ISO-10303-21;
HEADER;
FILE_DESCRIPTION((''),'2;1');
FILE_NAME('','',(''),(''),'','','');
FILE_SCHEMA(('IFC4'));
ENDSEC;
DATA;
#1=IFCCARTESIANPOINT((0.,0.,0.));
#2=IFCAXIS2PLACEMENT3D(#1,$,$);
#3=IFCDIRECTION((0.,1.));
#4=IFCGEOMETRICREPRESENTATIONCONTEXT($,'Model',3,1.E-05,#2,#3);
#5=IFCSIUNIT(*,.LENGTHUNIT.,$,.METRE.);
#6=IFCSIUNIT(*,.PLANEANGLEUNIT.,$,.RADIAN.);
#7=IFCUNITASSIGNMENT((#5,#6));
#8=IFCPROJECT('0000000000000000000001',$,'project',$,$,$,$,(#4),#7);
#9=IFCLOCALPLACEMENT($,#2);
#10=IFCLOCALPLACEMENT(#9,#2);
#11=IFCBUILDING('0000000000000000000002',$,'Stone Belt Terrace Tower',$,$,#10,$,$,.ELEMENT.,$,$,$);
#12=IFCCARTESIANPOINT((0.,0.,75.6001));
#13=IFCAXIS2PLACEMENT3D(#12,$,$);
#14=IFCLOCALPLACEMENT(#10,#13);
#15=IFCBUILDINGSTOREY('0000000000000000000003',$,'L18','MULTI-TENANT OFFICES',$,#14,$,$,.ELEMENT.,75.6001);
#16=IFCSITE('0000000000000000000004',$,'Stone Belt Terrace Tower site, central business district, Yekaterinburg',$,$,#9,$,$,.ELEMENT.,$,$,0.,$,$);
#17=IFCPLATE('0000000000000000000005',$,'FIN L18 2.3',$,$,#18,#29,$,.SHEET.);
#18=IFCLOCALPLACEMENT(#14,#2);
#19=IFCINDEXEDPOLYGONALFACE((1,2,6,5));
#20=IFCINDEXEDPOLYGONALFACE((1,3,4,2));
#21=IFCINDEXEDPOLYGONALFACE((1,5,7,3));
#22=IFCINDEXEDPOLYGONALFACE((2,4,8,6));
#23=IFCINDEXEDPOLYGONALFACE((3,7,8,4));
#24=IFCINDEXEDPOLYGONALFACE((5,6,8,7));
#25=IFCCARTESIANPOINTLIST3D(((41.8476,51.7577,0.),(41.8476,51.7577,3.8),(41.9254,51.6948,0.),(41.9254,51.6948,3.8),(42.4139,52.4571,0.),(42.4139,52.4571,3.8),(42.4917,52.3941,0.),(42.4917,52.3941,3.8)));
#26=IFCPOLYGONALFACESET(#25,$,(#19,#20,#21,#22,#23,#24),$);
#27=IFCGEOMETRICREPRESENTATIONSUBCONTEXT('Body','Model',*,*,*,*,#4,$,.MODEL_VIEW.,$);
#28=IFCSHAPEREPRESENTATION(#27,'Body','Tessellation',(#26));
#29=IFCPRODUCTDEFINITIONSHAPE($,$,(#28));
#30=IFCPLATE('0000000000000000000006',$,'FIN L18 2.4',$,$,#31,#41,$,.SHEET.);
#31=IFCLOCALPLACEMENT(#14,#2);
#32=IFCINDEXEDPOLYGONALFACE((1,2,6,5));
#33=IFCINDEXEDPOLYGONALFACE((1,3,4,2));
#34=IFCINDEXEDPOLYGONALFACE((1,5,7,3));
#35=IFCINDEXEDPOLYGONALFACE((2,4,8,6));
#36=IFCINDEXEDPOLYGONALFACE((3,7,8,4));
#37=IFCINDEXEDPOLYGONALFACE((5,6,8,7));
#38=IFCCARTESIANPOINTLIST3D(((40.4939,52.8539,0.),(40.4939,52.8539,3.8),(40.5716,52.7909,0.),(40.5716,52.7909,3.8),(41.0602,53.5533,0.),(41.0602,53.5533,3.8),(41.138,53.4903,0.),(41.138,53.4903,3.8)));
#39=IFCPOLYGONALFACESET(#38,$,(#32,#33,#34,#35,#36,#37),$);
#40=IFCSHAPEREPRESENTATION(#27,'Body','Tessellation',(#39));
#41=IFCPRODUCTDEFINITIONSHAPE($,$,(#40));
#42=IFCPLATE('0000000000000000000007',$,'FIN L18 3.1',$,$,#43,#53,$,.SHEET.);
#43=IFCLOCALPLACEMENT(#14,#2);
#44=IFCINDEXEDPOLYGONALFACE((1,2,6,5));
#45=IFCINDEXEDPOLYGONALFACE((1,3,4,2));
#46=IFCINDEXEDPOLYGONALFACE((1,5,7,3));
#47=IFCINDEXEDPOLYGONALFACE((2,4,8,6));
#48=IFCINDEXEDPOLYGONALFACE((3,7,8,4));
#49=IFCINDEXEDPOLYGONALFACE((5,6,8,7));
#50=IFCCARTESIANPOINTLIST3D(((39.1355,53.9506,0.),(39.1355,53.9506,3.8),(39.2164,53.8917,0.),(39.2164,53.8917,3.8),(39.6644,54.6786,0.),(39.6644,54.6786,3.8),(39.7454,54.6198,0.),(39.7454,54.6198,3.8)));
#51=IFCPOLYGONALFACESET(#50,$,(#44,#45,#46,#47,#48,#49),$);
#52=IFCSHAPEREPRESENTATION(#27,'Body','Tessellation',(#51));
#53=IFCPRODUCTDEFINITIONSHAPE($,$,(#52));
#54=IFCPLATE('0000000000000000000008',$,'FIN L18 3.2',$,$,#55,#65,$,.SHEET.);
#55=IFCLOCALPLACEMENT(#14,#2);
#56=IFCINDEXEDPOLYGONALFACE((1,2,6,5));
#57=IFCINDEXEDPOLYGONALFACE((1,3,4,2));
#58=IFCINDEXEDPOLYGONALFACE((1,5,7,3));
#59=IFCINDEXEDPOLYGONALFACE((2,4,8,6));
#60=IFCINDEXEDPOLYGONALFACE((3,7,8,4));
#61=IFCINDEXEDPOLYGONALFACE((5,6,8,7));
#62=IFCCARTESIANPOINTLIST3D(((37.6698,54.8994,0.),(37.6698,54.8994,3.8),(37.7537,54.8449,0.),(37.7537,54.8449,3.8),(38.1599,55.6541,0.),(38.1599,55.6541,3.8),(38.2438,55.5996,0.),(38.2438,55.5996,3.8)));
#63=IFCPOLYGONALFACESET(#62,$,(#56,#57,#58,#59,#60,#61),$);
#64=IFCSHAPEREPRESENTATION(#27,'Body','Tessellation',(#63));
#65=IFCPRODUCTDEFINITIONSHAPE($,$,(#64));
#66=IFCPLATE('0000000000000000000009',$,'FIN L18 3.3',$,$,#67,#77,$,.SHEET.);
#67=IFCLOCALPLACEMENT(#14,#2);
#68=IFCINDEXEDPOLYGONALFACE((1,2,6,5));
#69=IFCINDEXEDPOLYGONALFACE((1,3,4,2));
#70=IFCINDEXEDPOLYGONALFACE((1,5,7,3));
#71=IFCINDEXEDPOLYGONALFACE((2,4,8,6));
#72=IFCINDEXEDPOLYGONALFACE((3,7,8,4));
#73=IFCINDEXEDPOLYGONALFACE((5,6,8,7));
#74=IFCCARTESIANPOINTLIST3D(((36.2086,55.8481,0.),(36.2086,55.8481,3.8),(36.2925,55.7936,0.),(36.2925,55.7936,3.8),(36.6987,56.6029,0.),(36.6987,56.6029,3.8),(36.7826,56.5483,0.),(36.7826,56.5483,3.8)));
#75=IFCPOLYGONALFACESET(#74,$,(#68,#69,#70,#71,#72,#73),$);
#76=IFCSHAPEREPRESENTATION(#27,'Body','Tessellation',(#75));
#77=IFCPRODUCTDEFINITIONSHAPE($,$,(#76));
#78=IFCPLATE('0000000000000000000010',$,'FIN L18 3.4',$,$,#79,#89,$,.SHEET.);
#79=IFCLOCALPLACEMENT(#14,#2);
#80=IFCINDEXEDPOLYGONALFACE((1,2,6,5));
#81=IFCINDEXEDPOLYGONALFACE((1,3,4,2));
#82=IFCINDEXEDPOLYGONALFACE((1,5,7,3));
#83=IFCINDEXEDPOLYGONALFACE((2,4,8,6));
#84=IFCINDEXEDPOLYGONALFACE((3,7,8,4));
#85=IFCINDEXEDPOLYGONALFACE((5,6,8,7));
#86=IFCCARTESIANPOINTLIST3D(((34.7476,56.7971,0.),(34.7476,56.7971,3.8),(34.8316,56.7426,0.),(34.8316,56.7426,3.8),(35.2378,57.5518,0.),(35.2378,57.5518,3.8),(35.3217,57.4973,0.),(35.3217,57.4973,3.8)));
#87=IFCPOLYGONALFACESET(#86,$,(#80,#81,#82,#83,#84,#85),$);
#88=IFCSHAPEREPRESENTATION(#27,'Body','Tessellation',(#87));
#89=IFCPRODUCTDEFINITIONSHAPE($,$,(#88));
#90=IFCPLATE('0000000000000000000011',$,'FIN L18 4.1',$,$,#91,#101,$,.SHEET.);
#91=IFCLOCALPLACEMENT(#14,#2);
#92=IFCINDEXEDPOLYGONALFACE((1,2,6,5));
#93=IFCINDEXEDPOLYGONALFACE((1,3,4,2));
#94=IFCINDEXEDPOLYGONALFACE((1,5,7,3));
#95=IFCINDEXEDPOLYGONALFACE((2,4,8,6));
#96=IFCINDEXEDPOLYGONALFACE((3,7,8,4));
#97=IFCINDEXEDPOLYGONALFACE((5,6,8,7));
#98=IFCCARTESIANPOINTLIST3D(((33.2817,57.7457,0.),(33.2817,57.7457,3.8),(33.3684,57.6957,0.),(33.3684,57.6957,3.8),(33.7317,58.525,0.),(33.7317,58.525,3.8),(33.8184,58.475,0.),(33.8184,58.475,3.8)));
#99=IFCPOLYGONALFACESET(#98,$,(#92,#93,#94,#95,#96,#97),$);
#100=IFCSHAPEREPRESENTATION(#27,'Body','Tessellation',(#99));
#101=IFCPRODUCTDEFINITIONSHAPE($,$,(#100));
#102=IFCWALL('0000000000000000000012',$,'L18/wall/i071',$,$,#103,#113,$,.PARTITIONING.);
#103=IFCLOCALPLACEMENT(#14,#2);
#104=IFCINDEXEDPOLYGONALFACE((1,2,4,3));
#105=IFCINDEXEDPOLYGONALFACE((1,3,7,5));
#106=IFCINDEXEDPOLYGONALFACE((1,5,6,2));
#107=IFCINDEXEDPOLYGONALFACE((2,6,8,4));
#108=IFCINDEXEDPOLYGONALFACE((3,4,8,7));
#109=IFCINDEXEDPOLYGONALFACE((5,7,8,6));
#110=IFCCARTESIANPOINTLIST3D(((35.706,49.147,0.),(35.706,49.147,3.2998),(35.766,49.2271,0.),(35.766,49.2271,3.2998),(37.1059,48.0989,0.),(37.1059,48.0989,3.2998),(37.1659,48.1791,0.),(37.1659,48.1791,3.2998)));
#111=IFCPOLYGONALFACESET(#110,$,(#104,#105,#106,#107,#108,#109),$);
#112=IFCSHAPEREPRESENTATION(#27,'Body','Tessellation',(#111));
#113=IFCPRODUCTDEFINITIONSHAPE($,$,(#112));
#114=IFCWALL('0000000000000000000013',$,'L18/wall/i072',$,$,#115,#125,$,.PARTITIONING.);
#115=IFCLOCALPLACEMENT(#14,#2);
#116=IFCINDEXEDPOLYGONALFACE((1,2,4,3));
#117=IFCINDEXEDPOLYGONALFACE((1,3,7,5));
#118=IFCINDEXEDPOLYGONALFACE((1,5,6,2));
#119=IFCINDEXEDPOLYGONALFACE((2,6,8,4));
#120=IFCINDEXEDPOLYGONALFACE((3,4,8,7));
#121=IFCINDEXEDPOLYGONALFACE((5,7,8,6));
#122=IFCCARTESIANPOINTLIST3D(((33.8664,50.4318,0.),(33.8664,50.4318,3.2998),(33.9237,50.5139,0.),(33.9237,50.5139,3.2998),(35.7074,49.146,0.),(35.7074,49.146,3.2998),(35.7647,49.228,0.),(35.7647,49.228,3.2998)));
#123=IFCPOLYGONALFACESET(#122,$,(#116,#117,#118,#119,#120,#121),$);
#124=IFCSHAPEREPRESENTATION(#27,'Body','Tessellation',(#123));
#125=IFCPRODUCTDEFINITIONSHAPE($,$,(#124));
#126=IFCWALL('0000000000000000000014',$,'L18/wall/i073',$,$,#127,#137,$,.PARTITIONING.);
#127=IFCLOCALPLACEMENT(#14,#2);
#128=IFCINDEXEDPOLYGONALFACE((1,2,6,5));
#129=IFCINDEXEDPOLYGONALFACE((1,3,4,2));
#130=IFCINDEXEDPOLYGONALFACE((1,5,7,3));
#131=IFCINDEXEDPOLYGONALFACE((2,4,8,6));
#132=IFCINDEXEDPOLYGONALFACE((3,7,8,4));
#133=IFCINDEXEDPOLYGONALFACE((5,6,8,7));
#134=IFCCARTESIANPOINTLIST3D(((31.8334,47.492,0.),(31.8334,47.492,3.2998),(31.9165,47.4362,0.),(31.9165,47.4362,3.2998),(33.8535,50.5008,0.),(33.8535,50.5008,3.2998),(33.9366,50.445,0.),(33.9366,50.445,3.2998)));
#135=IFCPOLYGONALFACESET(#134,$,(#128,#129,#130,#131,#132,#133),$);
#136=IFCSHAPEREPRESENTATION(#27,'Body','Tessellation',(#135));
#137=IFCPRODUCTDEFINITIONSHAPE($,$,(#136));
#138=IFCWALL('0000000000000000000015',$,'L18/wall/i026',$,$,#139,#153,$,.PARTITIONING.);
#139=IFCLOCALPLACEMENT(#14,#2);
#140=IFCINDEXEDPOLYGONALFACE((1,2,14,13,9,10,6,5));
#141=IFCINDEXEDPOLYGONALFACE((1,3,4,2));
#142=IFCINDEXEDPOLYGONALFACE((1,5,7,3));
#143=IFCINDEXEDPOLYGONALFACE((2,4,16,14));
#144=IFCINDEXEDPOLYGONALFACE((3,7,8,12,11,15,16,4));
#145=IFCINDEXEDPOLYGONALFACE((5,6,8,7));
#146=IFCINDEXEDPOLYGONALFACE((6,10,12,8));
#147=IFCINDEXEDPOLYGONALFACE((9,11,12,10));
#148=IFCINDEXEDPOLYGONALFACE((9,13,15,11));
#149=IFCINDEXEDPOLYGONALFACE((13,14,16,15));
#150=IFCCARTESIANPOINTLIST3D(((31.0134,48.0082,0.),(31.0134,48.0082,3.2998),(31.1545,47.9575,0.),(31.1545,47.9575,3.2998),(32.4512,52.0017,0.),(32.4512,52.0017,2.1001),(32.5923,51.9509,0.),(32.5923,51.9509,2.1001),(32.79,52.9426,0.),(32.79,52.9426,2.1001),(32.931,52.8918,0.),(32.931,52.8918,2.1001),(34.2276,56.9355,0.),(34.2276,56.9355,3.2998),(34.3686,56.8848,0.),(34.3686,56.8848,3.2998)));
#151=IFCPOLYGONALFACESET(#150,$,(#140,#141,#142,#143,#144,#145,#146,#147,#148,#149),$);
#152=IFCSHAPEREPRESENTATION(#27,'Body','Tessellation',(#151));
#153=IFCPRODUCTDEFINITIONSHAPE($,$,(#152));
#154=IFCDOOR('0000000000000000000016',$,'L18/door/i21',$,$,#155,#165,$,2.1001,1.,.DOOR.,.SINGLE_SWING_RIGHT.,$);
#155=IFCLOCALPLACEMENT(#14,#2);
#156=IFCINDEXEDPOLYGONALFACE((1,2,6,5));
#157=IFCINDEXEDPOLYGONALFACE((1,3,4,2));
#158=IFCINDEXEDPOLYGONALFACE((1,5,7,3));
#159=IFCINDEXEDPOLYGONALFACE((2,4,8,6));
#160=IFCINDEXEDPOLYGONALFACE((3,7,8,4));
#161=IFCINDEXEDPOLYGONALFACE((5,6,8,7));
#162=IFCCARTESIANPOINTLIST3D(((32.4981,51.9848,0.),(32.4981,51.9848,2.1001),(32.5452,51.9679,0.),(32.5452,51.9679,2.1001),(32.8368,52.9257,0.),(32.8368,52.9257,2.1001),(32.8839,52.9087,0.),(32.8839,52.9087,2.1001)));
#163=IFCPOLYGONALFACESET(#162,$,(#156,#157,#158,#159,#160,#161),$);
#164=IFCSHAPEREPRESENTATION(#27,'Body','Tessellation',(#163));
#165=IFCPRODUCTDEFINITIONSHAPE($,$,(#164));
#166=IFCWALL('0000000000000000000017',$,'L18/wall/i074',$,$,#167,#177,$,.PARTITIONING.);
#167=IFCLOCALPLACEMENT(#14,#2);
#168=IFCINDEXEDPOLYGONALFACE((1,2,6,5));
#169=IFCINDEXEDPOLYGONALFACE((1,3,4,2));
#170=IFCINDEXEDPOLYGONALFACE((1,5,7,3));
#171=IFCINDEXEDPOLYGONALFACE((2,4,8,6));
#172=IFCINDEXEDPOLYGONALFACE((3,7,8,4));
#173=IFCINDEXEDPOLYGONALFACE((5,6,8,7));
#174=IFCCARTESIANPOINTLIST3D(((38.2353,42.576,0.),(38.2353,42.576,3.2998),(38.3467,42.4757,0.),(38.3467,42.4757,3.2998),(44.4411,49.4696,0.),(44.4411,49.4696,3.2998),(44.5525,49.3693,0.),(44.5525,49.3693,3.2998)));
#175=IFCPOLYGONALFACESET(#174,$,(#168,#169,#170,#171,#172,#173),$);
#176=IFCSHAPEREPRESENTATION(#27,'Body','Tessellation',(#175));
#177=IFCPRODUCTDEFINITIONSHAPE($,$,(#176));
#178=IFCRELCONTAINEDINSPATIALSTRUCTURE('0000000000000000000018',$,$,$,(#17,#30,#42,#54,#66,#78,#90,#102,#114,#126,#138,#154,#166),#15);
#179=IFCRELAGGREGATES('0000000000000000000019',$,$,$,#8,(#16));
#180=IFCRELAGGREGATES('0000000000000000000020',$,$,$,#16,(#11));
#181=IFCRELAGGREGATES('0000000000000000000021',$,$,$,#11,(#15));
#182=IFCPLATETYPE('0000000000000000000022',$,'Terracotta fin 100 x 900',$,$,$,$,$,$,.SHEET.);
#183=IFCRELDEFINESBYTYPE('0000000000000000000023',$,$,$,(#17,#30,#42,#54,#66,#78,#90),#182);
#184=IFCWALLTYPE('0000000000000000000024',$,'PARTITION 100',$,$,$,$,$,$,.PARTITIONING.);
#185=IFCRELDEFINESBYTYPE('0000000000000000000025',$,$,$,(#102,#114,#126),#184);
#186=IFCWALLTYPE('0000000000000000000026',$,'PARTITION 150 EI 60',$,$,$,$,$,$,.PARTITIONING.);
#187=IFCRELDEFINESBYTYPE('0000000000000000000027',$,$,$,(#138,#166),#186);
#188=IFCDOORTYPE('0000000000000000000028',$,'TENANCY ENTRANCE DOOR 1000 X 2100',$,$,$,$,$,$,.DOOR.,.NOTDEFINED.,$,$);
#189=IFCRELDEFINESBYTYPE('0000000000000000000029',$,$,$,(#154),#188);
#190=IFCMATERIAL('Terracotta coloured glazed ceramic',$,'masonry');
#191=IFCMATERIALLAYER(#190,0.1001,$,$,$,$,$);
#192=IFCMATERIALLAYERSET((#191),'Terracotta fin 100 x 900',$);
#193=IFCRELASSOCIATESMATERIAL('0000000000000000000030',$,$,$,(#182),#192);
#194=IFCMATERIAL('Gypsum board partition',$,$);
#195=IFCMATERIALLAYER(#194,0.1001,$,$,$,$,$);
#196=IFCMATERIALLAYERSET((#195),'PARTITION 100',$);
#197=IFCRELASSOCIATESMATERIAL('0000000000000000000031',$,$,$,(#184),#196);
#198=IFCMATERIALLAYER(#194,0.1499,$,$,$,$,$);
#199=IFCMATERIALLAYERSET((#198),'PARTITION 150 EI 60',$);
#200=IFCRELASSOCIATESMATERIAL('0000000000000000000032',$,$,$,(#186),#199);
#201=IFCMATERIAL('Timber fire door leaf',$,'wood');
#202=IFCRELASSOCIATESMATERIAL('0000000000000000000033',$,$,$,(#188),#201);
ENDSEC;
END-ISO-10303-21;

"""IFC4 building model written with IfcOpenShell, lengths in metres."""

from ifc_helpers import new_model, si_unit, direction, frame, frame_2d, origin, origin_2d, place, context, subcontext, project, spatial, rectangle, extrude, material, layer, layer_set, type_object, element, fill, save


model = new_model("IFC4")

# Units and contexts
model_context = context("Model", 3, precision=1e-05, world=origin(), true_north=direction((0.0, 1.0)))
body_context = subcontext(model_context, "Body", "Model", "MODEL_VIEW")
ifc_project = project(units=[si_unit("LENGTHUNIT", "METRE"), si_unit("PLANEANGLEUNIT", "RADIAN")], contexts=[model_context])

# Site, building, storey
site_placement = place(None, origin())
site = spatial("IfcSite", under=ifc_project, at=site_placement, Name="Stone Belt Terrace Tower site, central business district, Yekaterinburg", CompositionType="ELEMENT", RefElevation=0.0)
building_placement = place(site_placement, origin())
building = spatial("IfcBuilding", under=site, at=building_placement, Name="Stone Belt Terrace Tower", CompositionType="ELEMENT")
storey_placement = place(building_placement, frame((0.0, 0.0, 75.6001)))
storey = spatial("IfcBuildingStorey", under=building, at=storey_placement, Name="L18", Description="MULTI-TENANT OFFICES", CompositionType="ELEMENT", Elevation=75.6001)

# Plates
ifc_material_1 = material(Name="Terracotta coloured glazed ceramic", Category="masonry")
ifc_layer_1 = layer(ifc_material_1, 0.1001)
ifc_layer_set_1 = layer_set([ifc_layer_1], Name="Terracotta fin 100 x 900")
plate_type_1 = type_object("IfcPlateType", Name="Terracotta fin 100 x 900", PredefinedType="SHEET", material=ifc_layer_set_1)
for number, where, z_axis, x_axis, name in (
    (1, (42.1697, 52.0759, 0.0), (0.0, 0.0, 1.0), (0.62932, 0.777146, 0.0), "FIN L18 2.3"),
    (2, (40.8159, 53.1721, 0.0), (0.0, 0.0, 1.0), (0.62932, 0.777146, 0.0), "FIN L18 2.4"),
    (3, (39.4404, 54.2852, 0.0), (0.0, 0.0, 1.0), (0.587785, 0.809017, 0.0), "FIN L18 3.1"),
    (4, (37.9568, 55.2495, 0.0), (0.0, 0.0, 1.0), (0.544639, 0.838671, 0.0), "FIN L18 3.2"),
    (5, (36.4956, 56.1982, 0.0), (0.0, 0.0, 1.0), (0.544639, 0.838671, 0.0), "FIN L18 3.3"),
    (6, (35.0347, 57.1472, 0.0), (0.0, 0.0, 1.0), (0.544639, 0.838671, 0.0), "FIN L18 3.4"),
    (7, (33.55, 58.1104, 0.0), (0.0, 0.0, 1.0), (0.5, 0.866025, 0.0), "FIN L18 4.1"),
):
    element("IfcPlate", number, at=place(storey_placement, frame(where, z_axis=z_axis, x_axis=x_axis)), inside=storey, type_object=plate_type_1, Name=name, PredefinedType="SHEET", context=body_context, shape_type="SweptSolid", body=[
        extrude(rectangle(XDim=0.8999, YDim=0.1001, at=origin_2d()), origin(), (0.0, 0.0, 1.0), 3.8),
    ])

# Walls
ifc_material_2 = material(Name="Gypsum board partition")
ifc_layer_2 = layer(ifc_material_2, 0.1001)
ifc_layer_set_2 = layer_set([ifc_layer_2], Name="PARTITION 100")
wall_type_1 = type_object("IfcWallType", Name="PARTITION 100", PredefinedType="PARTITIONING", material=ifc_layer_set_2)
wall_1_placement = place(storey_placement, frame((37.136, 48.1389, 0.0), z_axis=(0.0, 0.0, 1.0), x_axis=(-0.800502, 0.59933, 0.0)))
element("IfcWall", 8, at=wall_1_placement, inside=storey, type_object=wall_type_1, Name="L18/wall/i071", PredefinedType="PARTITIONING", context=body_context, shape_type="SweptSolid", body=[
    extrude(rectangle(XDim=1.7488, YDim=0.1001, at=frame_2d((0.8745, 0.0))), origin(), (0.0, 0.0, 1.0), 3.2998),
])
wall_2_placement = place(storey_placement, frame((35.7361, 49.187, 0.0), z_axis=(0.0, 0.0, 1.0), x_axis=(-0.819829, 0.572608, 0.0)))
element("IfcWall", 9, at=wall_2_placement, inside=storey, type_object=wall_type_1, Name="L18/wall/i072", PredefinedType="PARTITIONING", context=body_context, shape_type="SweptSolid", body=[
    extrude(rectangle(XDim=2.2456, YDim=0.1001, at=frame_2d((1.1228, 0.0))), origin(), (0.0, 0.0, 1.0), 3.2998),
])
wall_3_placement = place(storey_placement, frame((33.895, 50.4729, 0.0), z_axis=(0.0, 0.0, 1.0), x_axis=(-0.557402, -0.830243, 0.0)))
element("IfcWall", 10, at=wall_3_placement, inside=storey, type_object=wall_type_1, Name="L18/wall/i073", PredefinedType="PARTITIONING", context=body_context, shape_type="SweptSolid", body=[
    extrude(rectangle(XDim=3.624, YDim=0.1001, at=frame_2d((1.812, 0.0))), origin(), (0.0, 0.0, 1.0), 3.2998),
])

# Wall, opening, door
ifc_layer_3 = layer(ifc_material_2, 0.1499)
ifc_layer_set_3 = layer_set([ifc_layer_3], Name="PARTITION 150 EI 60")
wall_type_2 = type_object("IfcWallType", Name="PARTITION 150 EI 60", PredefinedType="PARTITIONING", material=ifc_layer_set_3)
wall_4_placement = place(storey_placement, frame((34.2981, 56.9102, 0.0), z_axis=(0.0, 0.0, 1.0), x_axis=(-0.338748, -0.940877, 0.0)))
wall_4 = element("IfcWall", 11, at=wall_4_placement, inside=storey, type_object=wall_type_2, Name="L18/wall/i026", PredefinedType="PARTITIONING", context=body_context, shape_type="SweptSolid", body=[
    extrude(rectangle(XDim=9.4883, YDim=0.1499, at=frame_2d((4.7441, 0.0))), origin(), (0.0, 0.0, 1.0), 3.2998),
])
opening_placement = place(wall_4_placement, frame((4.2439, 0.0, 0.0)))
opening = element("IfcOpeningElement", 12, at=opening_placement, cuts=wall_4, PredefinedType="OPENING", context=body_context, shape_type="SweptSolid", body=[
    extrude(rectangle(XDim=1.0, YDim=2.1001, at=frame_2d((0.5, 1.05))), frame((0.0, 0.085, 0.0), z_axis=(0.0, -1.0, 0.0), x_axis=(1.0, 0.0, 0.0)), (0.0, 0.0, 1.0), 0.1699),
])
ifc_material_3 = material(Name="Timber fire door leaf", Category="wood")
door_type = type_object("IfcDoorType", Name="TENANCY ENTRANCE DOOR 1000 X 2100", OperationType="NOTDEFINED", PredefinedType="DOOR", material=ifc_material_3)
door_placement = place(opening_placement, origin())
door = element("IfcDoor", 13, at=door_placement, inside=storey, type_object=door_type, Name="L18/door/i21", OperationType="SINGLE_SWING_RIGHT", OverallHeight=2.1001, OverallWidth=1.0, PredefinedType="DOOR", context=body_context, shape_type="SweptSolid", body=[
    extrude(rectangle(XDim=1.0, YDim=2.1001, at=frame_2d((0.5, 1.05))), frame((0.0, 0.0249, 0.0), z_axis=(0.0, -1.0, 0.0), x_axis=(1.0, 0.0, 0.0)), (0.0, 0.0, 1.0), 0.05),
])
fill(opening, door)

# Wall
wall_5_placement = place(storey_placement, frame((44.4968, 49.4194, 0.0), z_axis=(0.0, 0.0, 1.0), x_axis=(-0.669061, -0.743208, 0.0)))
element("IfcWall", 14, at=wall_5_placement, inside=storey, type_object=wall_type_2, Name="L18/wall/i074", PredefinedType="PARTITIONING", context=body_context, shape_type="SweptSolid", body=[
    extrude(rectangle(XDim=9.2754, YDim=0.1499, at=frame_2d((4.6377, 0.0))), origin(), (0.0, 0.0, 1.0), 3.2998),
])

save(model, "model.ifc")
